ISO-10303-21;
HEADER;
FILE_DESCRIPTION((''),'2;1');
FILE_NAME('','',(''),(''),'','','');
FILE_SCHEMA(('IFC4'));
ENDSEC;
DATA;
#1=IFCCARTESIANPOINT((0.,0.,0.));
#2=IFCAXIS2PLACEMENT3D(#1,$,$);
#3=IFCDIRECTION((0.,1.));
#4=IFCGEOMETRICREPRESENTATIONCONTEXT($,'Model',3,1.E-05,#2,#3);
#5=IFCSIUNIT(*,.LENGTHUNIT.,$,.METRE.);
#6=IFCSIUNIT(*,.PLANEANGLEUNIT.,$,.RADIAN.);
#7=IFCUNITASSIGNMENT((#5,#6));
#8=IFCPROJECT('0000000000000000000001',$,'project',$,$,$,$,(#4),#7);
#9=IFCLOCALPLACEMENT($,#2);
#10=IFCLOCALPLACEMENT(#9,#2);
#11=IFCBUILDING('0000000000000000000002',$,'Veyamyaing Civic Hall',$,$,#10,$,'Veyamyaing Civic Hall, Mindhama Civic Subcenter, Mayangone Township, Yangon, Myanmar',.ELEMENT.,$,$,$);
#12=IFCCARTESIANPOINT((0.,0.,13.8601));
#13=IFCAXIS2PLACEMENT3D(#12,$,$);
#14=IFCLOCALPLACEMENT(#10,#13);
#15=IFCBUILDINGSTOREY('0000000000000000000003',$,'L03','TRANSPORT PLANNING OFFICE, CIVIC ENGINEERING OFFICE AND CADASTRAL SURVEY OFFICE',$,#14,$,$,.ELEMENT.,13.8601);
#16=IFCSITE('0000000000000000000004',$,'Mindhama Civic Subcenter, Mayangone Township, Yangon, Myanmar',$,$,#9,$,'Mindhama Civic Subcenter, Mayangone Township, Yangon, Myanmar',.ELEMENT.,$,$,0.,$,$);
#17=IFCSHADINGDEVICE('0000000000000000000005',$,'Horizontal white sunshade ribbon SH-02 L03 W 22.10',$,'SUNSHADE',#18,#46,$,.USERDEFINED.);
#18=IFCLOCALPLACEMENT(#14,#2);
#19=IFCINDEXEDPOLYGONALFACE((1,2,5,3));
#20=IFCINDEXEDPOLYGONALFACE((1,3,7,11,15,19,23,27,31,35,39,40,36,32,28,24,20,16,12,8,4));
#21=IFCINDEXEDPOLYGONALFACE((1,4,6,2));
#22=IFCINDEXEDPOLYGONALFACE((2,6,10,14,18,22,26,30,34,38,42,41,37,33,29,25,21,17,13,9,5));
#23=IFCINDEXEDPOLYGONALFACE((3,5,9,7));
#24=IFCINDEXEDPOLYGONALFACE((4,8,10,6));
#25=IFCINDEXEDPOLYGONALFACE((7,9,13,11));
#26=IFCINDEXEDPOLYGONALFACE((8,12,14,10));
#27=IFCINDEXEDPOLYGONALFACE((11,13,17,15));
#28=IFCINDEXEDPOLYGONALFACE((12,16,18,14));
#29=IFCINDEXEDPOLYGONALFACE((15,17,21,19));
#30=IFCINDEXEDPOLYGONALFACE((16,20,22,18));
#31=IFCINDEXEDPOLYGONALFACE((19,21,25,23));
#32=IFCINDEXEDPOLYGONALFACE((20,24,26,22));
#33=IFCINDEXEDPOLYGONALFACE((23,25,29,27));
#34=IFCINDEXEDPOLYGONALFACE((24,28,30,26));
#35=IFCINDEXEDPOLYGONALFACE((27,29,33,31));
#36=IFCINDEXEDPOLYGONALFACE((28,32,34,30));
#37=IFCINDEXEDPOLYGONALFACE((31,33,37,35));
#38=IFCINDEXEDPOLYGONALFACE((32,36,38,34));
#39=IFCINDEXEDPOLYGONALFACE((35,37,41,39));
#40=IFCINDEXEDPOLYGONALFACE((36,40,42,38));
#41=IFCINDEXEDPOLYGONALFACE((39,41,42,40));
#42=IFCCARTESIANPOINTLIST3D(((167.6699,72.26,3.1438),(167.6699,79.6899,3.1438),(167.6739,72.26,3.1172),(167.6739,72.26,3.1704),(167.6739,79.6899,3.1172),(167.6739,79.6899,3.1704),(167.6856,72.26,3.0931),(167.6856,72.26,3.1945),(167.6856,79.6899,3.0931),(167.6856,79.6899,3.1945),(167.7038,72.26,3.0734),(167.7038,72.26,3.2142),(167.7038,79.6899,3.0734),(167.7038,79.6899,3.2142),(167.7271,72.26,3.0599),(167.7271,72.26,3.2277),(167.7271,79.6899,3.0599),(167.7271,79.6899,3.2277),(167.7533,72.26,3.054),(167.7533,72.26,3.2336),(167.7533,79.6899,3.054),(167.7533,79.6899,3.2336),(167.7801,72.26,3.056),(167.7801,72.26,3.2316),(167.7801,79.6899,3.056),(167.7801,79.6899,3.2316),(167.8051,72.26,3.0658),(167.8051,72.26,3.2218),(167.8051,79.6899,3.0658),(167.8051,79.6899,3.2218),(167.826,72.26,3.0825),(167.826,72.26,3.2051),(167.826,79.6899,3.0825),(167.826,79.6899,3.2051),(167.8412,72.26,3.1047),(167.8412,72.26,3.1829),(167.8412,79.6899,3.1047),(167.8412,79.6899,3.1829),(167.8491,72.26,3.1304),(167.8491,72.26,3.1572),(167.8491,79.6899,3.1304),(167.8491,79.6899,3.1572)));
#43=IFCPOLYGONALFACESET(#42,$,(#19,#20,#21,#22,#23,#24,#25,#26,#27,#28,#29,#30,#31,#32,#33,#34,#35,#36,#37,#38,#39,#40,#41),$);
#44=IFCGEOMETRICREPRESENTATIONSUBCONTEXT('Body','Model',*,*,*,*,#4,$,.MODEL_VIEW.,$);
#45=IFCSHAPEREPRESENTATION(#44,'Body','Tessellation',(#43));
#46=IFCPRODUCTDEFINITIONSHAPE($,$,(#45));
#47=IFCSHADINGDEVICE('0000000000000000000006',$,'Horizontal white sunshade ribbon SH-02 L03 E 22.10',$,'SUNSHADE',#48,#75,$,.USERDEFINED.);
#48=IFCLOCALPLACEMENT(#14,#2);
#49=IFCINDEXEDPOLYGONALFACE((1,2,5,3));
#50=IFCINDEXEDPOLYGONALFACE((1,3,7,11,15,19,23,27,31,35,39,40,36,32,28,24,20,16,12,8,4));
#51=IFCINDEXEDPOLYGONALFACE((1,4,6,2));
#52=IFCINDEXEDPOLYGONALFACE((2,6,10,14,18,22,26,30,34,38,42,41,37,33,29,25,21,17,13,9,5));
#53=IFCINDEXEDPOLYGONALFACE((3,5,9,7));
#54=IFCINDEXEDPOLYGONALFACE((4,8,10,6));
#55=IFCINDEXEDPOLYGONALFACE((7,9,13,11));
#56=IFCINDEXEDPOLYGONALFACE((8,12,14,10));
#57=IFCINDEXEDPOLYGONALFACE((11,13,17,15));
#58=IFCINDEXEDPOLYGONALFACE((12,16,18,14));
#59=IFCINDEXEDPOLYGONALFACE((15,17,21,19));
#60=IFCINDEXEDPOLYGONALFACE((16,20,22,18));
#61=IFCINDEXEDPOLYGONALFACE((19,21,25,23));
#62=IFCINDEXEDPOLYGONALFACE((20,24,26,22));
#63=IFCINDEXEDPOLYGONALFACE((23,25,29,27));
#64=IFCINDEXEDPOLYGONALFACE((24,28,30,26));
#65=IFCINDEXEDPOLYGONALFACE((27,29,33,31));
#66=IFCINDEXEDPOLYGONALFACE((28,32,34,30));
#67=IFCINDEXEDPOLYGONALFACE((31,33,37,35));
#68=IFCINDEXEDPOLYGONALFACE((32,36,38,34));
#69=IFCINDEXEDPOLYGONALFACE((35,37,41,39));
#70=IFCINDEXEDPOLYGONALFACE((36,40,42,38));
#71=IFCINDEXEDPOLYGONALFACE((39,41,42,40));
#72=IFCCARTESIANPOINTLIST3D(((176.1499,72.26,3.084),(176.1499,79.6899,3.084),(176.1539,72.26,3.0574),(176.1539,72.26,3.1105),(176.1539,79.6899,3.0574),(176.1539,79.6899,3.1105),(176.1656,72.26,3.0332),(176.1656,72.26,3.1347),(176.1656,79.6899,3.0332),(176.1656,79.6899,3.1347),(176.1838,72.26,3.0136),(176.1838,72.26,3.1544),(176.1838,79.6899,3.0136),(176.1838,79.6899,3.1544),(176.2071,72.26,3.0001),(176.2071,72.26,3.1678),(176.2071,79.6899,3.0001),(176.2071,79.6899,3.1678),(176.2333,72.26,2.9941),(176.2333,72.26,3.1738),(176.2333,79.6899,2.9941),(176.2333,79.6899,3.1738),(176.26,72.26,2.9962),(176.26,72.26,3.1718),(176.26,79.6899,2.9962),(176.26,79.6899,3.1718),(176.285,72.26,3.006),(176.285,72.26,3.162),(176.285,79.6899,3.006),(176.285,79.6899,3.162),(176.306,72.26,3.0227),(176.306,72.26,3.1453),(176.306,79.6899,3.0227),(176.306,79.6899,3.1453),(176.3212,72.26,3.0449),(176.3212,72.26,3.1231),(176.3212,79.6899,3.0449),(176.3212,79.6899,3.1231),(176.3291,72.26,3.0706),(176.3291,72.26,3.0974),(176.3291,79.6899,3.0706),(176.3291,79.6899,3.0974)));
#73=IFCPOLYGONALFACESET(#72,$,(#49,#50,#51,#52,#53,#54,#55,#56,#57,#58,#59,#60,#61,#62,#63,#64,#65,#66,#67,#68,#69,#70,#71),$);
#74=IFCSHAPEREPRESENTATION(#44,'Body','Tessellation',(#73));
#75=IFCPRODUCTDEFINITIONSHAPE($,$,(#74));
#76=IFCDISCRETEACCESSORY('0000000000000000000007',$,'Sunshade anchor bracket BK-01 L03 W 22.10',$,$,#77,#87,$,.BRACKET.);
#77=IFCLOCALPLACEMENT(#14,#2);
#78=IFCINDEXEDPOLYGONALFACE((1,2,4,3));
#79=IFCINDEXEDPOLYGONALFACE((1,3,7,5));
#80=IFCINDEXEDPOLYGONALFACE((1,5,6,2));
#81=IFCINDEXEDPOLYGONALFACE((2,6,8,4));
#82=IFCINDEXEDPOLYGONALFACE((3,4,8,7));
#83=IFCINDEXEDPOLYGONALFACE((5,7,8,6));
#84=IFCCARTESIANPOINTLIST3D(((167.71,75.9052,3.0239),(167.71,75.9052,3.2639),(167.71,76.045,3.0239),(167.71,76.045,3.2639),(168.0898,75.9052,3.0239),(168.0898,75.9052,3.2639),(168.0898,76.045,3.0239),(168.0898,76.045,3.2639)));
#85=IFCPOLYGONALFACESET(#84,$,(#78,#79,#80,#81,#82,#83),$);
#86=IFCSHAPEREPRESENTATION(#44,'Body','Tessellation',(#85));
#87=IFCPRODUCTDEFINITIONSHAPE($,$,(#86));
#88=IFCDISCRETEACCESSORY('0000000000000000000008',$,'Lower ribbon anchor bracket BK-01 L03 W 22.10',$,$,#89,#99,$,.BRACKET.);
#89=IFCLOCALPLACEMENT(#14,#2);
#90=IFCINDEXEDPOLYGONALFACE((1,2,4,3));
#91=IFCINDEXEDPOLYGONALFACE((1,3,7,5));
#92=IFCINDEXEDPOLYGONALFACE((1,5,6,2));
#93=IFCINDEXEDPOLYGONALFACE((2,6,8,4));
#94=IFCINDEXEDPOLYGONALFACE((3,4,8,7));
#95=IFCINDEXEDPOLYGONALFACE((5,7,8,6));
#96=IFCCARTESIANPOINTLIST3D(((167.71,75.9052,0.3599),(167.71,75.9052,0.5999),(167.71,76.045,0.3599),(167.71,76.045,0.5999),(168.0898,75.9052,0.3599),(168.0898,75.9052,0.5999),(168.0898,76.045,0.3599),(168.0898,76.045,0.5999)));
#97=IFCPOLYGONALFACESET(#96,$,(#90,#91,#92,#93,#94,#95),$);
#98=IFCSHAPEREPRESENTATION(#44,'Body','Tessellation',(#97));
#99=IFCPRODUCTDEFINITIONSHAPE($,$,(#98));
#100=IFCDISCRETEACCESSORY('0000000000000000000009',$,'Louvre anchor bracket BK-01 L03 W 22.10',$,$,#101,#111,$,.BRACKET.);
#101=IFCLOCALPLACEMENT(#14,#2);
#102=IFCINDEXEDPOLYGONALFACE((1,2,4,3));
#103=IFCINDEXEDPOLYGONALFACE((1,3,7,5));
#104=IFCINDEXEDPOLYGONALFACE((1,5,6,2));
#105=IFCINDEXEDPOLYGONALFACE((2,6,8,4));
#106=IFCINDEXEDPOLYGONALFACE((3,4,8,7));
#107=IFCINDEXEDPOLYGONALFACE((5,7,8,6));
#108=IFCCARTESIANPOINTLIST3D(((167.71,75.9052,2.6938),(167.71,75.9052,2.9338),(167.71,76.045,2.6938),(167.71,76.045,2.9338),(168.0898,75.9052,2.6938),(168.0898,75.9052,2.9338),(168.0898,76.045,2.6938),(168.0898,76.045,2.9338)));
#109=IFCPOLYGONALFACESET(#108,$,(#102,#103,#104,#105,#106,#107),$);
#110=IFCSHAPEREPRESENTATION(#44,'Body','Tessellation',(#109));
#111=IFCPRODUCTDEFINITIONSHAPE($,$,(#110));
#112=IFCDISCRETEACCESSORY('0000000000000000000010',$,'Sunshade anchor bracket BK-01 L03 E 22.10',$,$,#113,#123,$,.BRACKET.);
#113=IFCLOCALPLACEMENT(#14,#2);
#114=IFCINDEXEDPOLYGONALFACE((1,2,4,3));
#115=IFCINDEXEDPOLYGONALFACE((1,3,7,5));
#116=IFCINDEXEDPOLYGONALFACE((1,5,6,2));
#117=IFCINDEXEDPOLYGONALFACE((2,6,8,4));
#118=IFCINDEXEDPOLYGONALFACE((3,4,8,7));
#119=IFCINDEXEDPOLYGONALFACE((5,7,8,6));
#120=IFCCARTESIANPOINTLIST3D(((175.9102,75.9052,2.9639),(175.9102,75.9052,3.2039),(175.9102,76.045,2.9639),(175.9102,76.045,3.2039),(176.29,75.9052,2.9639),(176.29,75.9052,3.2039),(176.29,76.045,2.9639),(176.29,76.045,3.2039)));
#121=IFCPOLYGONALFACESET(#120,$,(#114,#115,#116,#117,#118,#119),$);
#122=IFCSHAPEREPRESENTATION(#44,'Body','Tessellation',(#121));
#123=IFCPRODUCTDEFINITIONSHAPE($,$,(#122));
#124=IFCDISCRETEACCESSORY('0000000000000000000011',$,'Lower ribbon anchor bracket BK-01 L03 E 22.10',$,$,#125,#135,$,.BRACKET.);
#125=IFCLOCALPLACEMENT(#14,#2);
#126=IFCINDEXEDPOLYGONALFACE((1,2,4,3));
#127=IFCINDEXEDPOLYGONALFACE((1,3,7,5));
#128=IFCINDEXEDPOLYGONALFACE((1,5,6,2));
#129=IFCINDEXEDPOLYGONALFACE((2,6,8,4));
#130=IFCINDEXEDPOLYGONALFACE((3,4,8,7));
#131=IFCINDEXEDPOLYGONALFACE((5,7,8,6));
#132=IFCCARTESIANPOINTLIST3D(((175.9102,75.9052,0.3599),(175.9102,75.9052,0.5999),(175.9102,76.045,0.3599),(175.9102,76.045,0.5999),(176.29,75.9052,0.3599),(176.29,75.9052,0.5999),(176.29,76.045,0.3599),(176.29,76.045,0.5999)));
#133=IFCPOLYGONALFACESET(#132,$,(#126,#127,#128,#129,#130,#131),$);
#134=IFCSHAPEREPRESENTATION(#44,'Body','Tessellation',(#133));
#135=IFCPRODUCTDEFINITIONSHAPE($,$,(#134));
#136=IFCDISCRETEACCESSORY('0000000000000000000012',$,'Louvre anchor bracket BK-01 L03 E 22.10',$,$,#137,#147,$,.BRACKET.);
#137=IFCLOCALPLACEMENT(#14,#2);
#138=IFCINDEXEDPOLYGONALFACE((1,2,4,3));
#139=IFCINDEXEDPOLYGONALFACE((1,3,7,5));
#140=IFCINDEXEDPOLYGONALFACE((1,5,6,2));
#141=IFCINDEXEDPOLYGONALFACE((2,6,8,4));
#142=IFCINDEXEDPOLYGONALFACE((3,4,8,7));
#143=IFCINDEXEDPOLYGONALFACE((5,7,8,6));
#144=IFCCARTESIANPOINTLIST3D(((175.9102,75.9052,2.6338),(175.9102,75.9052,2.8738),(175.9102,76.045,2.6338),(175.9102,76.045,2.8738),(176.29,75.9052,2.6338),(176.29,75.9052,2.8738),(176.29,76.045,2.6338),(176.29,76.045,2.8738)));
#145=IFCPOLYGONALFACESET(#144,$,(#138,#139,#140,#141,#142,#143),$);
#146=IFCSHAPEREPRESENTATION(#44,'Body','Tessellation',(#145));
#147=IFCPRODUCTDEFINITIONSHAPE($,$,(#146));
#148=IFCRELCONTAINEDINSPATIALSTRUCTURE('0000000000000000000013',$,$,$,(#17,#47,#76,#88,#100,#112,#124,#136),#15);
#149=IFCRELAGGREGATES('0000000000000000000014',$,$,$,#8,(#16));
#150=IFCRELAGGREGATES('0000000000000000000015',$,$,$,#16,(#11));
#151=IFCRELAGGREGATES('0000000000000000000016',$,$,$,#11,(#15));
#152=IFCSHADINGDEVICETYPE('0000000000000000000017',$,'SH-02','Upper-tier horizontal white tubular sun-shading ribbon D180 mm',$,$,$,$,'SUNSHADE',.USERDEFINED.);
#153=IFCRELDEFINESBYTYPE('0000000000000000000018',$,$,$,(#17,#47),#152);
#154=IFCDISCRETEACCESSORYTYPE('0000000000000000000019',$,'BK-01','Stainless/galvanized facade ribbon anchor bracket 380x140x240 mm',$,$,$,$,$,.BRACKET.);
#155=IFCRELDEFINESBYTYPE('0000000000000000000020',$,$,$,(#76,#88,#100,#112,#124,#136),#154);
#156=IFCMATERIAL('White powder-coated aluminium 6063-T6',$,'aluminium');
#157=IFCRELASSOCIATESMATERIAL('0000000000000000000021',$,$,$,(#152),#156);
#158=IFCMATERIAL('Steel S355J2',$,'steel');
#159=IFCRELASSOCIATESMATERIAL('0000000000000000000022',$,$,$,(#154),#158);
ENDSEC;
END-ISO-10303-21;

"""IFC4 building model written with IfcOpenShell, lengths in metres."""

from ifc_helpers import new_model, si_unit, direction, frame, origin, origin_2d, place, context, subcontext, project, spatial, rectangle, circle, extrude, material, material_profile, profile_set, type_object, element, save


model = new_model("IFC4")

# Units and contexts
model_context = context("Model", 3, precision=1e-05, world=origin(), true_north=direction((0.0, 1.0)))
body_context = subcontext(model_context, "Body", "Model", "MODEL_VIEW")
ifc_project = project(units=[si_unit("LENGTHUNIT", "METRE"), si_unit("PLANEANGLEUNIT", "RADIAN")], contexts=[model_context])

# Site, building, storey
site_placement = place(None, origin())
site = spatial("IfcSite", under=ifc_project, at=site_placement, Name="Mindhama Civic Subcenter, Mayangone Township, Yangon, Myanmar", LongName="Mindhama Civic Subcenter, Mayangone Township, Yangon, Myanmar", CompositionType="ELEMENT", RefElevation=0.0)
building_placement = place(site_placement, origin())
building = spatial("IfcBuilding", under=site, at=building_placement, Name="Veyamyaing Civic Hall", LongName="Veyamyaing Civic Hall, Mindhama Civic Subcenter, Mayangone Township, Yangon, Myanmar", CompositionType="ELEMENT")
storey_placement = place(building_placement, frame((0.0, 0.0, 13.8601)))
storey = spatial("IfcBuildingStorey", under=building, at=storey_placement, Name="L03", Description="TRANSPORT PLANNING OFFICE, CIVIC ENGINEERING OFFICE AND CADASTRAL SURVEY OFFICE", CompositionType="ELEMENT", Elevation=13.8601)

# Shared definitions
ifc_material_1 = material(Name="White powder-coated aluminium 6063-T6", Category="aluminium")

# Shading devices
ifc_material_profile_1 = material_profile(ifc_material_1, circle(Radius=0.0901, at=origin_2d()), Name="SHADE-TUBE-180")
ifc_profile_set_1 = profile_set([ifc_material_profile_1], Name="White powder-coated aluminium 6063-T6")
shading_device_type_1 = type_object("IfcShadingDeviceType", Name="SH-02", Description="Upper-tier horizontal white tubular sun-shading ribbon D180 mm", ElementType="SUNSHADE", PredefinedType="USERDEFINED", material=ifc_profile_set_1)
for number, where, z_axis, x_axis, name in (
    (1, (167.76, 72.26, 3.1438), (0.0, 1.0, 0.0), (-1.0, 0.0, 0.0), "Horizontal white sunshade ribbon SH-02 L03 W 22.10"),
    (2, (176.24, 72.26, 3.084), (0.0, 1.0, 0.0), (-1.0, 0.0, 0.0), "Horizontal white sunshade ribbon SH-02 L03 E 22.10"),
):
    element("IfcShadingDevice", number, at=place(storey_placement, frame(where, z_axis=z_axis, x_axis=x_axis)), inside=storey, type_object=shading_device_type_1, Name=name, ObjectType="SUNSHADE", PredefinedType="USERDEFINED", context=body_context, shape_type="SweptSolid", body=[
        extrude(circle(Radius=0.0901, at=origin_2d()), origin(), (0.0, 0.0, 1.0), 7.4299),
    ])

# Discrete accessories
ifc_material_2 = material(Name="Steel S355J2", Category="steel")
discrete_accessory_type = type_object("IfcDiscreteAccessoryType", Name="BK-01", Description="Stainless/galvanized facade ribbon anchor bracket 380x140x240 mm", PredefinedType="BRACKET", material=ifc_material_2)
for number, where, z_axis, x_axis, name in (
    (3, (167.8999, 75.9751, 3.0239), (0.0, 0.0, 1.0), (-1.0, 0.0, 0.0), "Sunshade anchor bracket BK-01 L03 W 22.10"),
    (4, (167.8999, 75.9751, 0.3599), (0.0, 0.0, 1.0), (-1.0, 0.0, 0.0), "Lower ribbon anchor bracket BK-01 L03 W 22.10"),
    (5, (167.8999, 75.9751, 2.6938), (0.0, 0.0, 1.0), (-1.0, 0.0, 0.0), "Louvre anchor bracket BK-01 L03 W 22.10"),
    (6, (176.1001, 75.9751, 2.9639), (0.0, 0.0, 1.0), (1.0, 0.0, 0.0), "Sunshade anchor bracket BK-01 L03 E 22.10"),
    (7, (176.1001, 75.9751, 0.3599), (0.0, 0.0, 1.0), (1.0, 0.0, 0.0), "Lower ribbon anchor bracket BK-01 L03 E 22.10"),
    (8, (176.1001, 75.9751, 2.6338), (0.0, 0.0, 1.0), (1.0, 0.0, 0.0), "Louvre anchor bracket BK-01 L03 E 22.10"),
):
    element("IfcDiscreteAccessory", number, at=place(storey_placement, frame(where, z_axis=z_axis, x_axis=x_axis)), inside=storey, type_object=discrete_accessory_type, Name=name, PredefinedType="BRACKET", context=body_context, shape_type="SweptSolid", body=[
        extrude(rectangle(XDim=0.3799, YDim=0.1399, at=origin_2d()), origin(), (0.0, 0.0, 1.0), 0.24),
    ])

save(model, "model.ifc")
